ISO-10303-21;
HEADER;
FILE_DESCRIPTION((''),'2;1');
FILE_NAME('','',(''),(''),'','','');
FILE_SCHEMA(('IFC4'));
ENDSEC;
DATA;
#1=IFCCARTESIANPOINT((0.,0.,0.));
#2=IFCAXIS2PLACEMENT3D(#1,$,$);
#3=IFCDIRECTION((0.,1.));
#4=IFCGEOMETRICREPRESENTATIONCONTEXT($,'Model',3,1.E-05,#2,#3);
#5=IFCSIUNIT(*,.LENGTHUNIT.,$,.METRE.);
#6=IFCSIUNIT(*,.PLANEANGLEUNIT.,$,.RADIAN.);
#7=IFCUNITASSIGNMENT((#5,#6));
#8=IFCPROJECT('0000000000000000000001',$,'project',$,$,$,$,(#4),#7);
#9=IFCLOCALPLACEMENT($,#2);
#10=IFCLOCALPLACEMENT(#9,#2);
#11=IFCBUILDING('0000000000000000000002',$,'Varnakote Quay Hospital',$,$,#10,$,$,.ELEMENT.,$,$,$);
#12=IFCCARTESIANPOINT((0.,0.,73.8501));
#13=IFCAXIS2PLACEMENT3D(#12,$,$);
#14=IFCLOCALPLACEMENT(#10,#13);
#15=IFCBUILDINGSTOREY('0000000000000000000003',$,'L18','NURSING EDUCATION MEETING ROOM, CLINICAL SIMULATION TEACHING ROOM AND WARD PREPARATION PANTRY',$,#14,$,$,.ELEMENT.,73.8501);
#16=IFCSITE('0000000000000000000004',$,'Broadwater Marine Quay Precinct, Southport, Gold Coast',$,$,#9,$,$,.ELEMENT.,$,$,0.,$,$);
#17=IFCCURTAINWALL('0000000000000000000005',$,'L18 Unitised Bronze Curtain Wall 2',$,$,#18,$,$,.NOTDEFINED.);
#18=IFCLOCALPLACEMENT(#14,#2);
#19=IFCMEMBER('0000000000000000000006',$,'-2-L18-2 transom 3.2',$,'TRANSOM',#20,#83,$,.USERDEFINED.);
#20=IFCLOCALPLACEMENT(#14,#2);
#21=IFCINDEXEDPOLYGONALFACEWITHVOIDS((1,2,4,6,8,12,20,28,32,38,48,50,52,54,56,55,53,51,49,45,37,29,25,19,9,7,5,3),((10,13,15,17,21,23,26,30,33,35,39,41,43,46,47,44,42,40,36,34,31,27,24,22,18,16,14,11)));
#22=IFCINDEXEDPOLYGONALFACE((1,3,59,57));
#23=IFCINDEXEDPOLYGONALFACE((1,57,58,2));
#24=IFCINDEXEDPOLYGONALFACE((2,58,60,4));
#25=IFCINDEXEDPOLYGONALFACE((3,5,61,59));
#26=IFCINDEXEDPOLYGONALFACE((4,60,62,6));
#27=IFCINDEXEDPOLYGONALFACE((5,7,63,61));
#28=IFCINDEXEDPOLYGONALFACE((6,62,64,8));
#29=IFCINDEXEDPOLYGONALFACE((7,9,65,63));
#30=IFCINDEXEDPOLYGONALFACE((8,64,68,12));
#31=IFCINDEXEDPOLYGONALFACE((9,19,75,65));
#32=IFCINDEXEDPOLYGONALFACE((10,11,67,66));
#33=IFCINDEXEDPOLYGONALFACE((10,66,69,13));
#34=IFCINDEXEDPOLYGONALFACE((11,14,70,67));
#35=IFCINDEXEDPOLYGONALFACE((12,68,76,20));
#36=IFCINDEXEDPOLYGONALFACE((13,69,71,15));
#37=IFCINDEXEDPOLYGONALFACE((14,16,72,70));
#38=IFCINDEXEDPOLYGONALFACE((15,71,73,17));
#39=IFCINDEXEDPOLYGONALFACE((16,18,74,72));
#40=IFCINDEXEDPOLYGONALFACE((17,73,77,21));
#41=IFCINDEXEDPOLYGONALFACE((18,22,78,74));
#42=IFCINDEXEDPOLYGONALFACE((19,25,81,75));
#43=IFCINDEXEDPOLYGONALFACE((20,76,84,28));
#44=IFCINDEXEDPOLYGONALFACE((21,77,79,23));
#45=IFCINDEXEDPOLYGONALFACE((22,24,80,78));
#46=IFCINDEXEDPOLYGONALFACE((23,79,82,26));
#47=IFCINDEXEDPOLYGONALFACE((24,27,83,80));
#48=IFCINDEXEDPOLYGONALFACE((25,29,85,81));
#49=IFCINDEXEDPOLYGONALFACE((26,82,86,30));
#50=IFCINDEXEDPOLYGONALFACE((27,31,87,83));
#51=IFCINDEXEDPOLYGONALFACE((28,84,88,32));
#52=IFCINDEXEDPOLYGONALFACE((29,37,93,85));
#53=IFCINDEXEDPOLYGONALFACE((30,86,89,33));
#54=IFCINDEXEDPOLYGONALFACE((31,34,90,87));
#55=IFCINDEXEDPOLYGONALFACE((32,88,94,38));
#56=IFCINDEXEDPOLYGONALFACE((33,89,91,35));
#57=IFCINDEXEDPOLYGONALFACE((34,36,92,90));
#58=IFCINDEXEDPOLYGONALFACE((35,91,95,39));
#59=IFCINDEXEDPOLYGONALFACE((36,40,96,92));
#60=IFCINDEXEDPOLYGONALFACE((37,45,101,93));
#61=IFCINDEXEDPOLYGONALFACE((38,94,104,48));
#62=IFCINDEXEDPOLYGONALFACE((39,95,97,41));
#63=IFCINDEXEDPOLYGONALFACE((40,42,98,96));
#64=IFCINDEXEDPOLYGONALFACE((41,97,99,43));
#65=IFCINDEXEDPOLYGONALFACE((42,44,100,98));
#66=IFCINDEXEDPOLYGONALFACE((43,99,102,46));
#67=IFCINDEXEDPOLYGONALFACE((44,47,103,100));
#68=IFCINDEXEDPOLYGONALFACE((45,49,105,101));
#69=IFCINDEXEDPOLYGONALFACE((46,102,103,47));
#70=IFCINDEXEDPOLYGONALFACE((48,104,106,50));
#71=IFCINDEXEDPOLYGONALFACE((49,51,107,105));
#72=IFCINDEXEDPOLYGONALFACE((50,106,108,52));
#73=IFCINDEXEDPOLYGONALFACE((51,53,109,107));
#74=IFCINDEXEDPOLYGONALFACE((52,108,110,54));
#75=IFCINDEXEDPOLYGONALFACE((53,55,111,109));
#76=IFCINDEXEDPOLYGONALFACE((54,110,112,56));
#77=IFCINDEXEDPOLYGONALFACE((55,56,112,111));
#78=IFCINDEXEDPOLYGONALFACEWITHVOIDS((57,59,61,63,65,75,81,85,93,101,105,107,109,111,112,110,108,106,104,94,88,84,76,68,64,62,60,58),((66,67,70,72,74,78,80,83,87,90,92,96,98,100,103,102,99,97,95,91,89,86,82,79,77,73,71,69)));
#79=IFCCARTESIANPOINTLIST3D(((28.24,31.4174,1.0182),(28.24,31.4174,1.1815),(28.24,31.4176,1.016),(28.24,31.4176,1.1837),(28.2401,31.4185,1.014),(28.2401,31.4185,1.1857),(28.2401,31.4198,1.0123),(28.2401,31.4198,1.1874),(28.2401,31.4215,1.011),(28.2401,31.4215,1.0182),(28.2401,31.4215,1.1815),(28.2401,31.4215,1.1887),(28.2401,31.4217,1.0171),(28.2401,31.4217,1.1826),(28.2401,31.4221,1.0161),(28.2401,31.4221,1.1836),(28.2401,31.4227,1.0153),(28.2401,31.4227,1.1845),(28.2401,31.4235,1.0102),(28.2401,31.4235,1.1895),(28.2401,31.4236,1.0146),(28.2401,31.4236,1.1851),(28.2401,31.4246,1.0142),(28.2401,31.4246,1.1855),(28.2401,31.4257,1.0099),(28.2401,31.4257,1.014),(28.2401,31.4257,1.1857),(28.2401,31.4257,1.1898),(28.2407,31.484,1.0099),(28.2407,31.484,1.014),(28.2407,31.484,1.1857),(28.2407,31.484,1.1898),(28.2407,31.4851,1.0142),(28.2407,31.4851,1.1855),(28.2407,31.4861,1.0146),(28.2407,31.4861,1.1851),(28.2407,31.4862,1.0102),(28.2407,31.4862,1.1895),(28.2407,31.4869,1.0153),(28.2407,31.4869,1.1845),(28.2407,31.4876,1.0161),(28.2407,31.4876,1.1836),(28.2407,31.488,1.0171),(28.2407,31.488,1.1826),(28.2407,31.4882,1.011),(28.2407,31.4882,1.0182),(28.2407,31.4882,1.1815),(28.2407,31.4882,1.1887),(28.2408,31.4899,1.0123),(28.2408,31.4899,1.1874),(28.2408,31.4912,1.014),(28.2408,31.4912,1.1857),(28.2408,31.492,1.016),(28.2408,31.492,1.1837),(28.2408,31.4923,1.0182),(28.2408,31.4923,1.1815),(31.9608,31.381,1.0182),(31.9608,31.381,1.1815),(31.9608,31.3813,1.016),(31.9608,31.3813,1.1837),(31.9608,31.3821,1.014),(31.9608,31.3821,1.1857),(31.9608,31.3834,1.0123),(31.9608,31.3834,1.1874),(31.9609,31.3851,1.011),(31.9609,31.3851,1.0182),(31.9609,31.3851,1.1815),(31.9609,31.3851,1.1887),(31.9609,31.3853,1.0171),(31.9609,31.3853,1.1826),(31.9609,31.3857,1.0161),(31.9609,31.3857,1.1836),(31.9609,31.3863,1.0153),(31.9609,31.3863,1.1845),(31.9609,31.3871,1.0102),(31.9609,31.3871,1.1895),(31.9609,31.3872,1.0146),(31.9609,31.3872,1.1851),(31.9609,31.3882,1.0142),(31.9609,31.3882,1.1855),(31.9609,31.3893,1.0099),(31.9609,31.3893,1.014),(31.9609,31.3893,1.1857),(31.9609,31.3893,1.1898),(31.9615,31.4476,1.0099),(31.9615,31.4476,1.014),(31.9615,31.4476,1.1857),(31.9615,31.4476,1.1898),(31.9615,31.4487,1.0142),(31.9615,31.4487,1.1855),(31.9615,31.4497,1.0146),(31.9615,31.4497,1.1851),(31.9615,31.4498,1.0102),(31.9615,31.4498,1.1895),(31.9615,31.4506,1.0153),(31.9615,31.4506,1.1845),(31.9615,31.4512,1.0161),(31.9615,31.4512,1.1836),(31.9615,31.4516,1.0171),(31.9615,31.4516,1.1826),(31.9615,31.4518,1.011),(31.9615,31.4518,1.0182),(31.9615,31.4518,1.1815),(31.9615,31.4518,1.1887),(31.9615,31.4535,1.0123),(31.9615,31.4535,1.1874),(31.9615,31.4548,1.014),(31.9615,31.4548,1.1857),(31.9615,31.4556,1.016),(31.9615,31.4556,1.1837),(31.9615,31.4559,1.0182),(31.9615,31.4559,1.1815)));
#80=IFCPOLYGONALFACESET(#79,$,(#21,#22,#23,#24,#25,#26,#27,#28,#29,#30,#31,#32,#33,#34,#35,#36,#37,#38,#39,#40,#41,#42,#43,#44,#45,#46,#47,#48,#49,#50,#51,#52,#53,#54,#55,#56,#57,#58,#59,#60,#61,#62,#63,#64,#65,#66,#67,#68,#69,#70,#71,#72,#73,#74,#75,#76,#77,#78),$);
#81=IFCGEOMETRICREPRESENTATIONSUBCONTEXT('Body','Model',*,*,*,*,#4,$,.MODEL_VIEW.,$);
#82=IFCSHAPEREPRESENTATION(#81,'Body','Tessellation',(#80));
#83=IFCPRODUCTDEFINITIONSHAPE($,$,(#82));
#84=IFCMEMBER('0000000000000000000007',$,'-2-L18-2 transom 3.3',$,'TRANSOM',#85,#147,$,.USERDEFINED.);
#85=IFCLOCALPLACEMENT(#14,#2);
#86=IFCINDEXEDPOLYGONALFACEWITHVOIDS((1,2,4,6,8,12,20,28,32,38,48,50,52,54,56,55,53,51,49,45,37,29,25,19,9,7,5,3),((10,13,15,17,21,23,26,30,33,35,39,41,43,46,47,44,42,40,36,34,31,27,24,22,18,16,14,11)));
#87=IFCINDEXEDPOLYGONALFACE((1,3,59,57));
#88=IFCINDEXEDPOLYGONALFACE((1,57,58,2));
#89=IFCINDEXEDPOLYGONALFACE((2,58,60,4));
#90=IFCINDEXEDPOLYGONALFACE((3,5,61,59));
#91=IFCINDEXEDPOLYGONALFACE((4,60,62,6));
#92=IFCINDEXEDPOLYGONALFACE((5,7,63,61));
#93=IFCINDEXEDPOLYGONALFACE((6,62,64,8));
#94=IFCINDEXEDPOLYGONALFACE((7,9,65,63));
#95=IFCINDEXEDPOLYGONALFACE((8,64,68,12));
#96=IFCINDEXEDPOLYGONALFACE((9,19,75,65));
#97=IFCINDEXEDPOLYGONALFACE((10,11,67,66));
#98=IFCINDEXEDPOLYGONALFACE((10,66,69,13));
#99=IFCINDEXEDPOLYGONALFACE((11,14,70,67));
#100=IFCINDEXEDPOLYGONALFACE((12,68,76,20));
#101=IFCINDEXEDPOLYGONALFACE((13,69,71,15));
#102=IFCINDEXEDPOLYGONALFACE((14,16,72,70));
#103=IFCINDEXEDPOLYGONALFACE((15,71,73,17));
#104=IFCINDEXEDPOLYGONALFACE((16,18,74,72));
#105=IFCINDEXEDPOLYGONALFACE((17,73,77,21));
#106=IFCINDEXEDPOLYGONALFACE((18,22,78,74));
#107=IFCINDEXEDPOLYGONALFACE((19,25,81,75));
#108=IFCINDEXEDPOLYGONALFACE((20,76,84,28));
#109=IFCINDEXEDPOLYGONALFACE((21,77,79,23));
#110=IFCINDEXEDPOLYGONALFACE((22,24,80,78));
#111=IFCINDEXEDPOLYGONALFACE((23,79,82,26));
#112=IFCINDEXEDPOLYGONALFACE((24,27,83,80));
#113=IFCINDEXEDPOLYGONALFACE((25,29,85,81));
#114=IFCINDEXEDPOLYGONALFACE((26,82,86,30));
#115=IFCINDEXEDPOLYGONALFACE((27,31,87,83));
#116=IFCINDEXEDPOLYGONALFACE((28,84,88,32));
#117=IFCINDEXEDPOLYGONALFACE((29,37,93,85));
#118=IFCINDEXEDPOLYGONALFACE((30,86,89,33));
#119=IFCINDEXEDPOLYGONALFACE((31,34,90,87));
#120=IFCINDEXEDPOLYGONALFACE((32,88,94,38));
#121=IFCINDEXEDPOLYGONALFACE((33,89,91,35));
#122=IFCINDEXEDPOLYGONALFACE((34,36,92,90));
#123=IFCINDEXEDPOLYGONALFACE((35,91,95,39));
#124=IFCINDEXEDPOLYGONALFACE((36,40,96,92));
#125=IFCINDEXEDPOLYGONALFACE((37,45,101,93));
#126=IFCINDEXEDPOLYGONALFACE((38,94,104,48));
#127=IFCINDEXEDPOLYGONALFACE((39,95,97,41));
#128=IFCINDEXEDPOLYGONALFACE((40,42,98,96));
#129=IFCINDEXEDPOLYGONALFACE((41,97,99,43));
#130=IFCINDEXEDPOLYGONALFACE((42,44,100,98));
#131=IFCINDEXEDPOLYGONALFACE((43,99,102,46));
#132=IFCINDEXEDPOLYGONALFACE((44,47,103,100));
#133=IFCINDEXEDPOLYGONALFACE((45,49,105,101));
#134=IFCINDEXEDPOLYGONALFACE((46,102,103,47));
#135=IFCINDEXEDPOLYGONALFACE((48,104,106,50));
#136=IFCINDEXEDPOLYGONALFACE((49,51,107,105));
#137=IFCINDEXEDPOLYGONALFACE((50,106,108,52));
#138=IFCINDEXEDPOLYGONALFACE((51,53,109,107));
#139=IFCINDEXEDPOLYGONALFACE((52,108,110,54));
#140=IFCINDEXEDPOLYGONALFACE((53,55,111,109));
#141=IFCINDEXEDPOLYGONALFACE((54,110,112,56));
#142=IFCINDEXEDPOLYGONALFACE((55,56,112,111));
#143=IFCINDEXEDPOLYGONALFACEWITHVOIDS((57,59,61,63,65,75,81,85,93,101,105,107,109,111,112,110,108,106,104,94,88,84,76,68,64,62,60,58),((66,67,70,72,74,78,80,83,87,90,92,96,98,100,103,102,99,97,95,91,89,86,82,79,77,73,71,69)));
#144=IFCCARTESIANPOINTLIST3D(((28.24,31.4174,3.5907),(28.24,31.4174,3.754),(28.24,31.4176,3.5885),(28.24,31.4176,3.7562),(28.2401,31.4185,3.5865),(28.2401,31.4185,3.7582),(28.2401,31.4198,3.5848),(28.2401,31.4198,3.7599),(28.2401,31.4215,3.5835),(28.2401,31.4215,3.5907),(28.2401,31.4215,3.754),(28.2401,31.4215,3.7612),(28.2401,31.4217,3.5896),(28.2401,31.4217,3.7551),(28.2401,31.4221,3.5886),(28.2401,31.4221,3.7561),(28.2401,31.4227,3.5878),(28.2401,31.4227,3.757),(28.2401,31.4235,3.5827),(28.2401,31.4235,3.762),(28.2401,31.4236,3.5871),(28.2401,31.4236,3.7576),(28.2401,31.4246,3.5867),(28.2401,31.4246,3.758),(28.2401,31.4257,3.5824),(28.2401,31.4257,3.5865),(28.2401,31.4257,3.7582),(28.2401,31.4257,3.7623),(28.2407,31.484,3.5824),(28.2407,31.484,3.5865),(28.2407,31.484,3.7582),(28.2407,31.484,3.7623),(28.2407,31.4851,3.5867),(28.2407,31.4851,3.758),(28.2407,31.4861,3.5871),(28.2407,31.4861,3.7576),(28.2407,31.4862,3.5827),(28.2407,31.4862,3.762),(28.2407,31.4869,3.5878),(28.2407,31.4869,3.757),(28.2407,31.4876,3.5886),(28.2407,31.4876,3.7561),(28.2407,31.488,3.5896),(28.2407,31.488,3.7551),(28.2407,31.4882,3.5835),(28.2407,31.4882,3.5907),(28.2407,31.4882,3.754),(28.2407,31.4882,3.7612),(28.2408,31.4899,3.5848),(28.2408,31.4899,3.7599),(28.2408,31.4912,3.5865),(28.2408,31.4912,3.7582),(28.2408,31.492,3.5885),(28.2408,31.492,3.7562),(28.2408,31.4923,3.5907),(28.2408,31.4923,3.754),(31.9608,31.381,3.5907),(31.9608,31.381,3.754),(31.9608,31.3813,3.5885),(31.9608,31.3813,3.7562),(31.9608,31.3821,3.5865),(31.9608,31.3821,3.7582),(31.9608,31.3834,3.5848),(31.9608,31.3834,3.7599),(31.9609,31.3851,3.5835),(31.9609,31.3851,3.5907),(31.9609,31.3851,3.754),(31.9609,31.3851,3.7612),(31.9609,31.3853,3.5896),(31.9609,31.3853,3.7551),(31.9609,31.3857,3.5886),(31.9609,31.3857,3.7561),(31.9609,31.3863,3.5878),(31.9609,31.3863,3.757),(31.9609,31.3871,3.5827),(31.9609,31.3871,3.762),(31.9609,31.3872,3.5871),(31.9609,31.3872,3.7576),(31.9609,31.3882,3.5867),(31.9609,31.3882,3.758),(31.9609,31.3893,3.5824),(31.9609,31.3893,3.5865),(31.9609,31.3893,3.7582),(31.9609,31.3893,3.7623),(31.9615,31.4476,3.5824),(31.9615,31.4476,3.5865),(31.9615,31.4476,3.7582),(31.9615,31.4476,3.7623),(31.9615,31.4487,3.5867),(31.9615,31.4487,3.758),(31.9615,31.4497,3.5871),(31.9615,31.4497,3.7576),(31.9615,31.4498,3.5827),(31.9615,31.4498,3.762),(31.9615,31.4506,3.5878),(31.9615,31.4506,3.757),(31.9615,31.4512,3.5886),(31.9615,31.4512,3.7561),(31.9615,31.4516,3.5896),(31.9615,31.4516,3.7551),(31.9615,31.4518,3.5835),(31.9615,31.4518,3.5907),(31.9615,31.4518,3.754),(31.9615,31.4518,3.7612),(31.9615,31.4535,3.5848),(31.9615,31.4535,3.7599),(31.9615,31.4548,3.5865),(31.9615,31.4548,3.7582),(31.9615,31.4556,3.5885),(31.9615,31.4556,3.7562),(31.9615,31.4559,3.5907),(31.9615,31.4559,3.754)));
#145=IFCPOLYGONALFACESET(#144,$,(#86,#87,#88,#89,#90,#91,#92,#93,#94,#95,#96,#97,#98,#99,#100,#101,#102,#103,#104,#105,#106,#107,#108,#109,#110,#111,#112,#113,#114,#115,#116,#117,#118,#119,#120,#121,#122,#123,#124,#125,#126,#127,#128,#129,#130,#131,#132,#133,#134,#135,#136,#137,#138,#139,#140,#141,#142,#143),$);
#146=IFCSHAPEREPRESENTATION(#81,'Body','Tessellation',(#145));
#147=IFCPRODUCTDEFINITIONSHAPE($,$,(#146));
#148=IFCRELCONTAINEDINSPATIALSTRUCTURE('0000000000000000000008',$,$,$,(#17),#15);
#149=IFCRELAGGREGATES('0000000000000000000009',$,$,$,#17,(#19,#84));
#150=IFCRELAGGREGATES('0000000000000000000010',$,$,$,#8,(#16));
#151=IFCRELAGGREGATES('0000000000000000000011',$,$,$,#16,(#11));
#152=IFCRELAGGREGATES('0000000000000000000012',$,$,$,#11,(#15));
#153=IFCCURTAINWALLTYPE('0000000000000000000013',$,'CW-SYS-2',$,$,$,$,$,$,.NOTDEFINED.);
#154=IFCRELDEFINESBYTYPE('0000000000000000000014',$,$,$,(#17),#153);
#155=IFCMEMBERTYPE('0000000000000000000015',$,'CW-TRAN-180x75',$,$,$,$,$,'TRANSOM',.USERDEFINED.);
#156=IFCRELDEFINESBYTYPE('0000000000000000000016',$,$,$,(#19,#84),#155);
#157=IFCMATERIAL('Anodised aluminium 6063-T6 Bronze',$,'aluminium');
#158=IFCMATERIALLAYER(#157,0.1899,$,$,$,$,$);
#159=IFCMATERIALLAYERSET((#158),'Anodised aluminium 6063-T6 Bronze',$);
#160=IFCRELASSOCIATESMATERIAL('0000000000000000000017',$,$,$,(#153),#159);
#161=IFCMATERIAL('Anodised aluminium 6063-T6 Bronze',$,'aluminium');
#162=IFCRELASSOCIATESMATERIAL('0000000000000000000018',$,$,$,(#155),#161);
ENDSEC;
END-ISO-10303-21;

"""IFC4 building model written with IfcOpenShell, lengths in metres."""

from ifc_helpers import new_model, si_unit, direction, frame, origin, origin_2d, place, context, subcontext, project, spatial, hollow_rectangle, extrude, material, layer, layer_set, material_profile, profile_set, type_object, element, aggregate, save


model = new_model("IFC4")

# Units and contexts
model_context = context("Model", 3, precision=1e-05, world=origin(), true_north=direction((0.0, 1.0)))
body_context = subcontext(model_context, "Body", "Model", "MODEL_VIEW")
ifc_project = project(units=[si_unit("LENGTHUNIT", "METRE"), si_unit("PLANEANGLEUNIT", "RADIAN")], contexts=[model_context])

# Site, building, storey
site_placement = place(None, origin())
site = spatial("IfcSite", under=ifc_project, at=site_placement, Name="Broadwater Marine Quay Precinct, Southport, Gold Coast", CompositionType="ELEMENT", RefElevation=0.0)
building_placement = place(site_placement, origin())
building = spatial("IfcBuilding", under=site, at=building_placement, Name="Varnakote Quay Hospital", CompositionType="ELEMENT")
storey_placement = place(building_placement, frame((0.0, 0.0, 73.8501)))
storey = spatial("IfcBuildingStorey", under=building, at=storey_placement, Name="L18", Description="NURSING EDUCATION MEETING ROOM, CLINICAL SIMULATION TEACHING ROOM AND WARD PREPARATION PANTRY", CompositionType="ELEMENT", Elevation=73.8501)

# Curtain wall, members
ifc_material_1 = material(Name="Anodised aluminium 6063-T6 Bronze", Category="aluminium")
ifc_layer_1 = layer(ifc_material_1, 0.1899)
ifc_layer_set_1 = layer_set([ifc_layer_1], Name="Anodised aluminium 6063-T6 Bronze")
curtain_wall_type = type_object("IfcCurtainWallType", Name="CW-SYS-2", PredefinedType="NOTDEFINED", material=ifc_layer_set_1)
curtain_wall_placement = place(storey_placement, origin())
curtain_wall = element("IfcCurtainWall", 1, at=curtain_wall_placement, inside=storey, type_object=curtain_wall_type, Name="L18 Unitised Bronze Curtain Wall 2", PredefinedType="NOTDEFINED")
ifc_material_2 = material(Name="Anodised aluminium 6063-T6 Bronze", Category="aluminium")
ifc_material_profile_1 = material_profile(ifc_material_2, hollow_rectangle(XDim=0.075, YDim=0.1799, WallThickness=0.0042, InnerFilletRadius=0.0042, OuterFilletRadius=0.0083, at=origin_2d()), Name="CW-TRAN-180x75")
ifc_profile_set_1 = profile_set([ifc_material_profile_1], Name="Anodised aluminium 6063-T6 Bronze")
member_type_1 = type_object("IfcMemberType", Name="CW-TRAN-180x75", ElementType="TRANSOM", PredefinedType="USERDEFINED", material=ifc_profile_set_1)
member_1_placement = place(storey_placement, frame((31.9612, 31.4185, 1.0999), z_axis=(-0.999952, 0.009776, 0.0), x_axis=(-0.009776, -0.999952, 0.0)))
member_1 = element("IfcMember", 2, at=member_1_placement, type_object=member_type_1, Name="-2-L18-2 transom 3.2", ObjectType="TRANSOM", PredefinedType="USERDEFINED", context=body_context, shape_type="SweptSolid", body=[
    extrude(hollow_rectangle(XDim=0.075, YDim=0.1799, WallThickness=0.0042, InnerFilletRadius=0.0042, OuterFilletRadius=0.0083, at=origin_2d()), origin(), (0.0, 0.0, 1.0), 3.7209),
])
member_2_placement = place(storey_placement, frame((31.9612, 31.4185, 3.6724), z_axis=(-0.999952, 0.009776, 0.0), x_axis=(-0.009776, -0.999952, 0.0)))
member_2 = element("IfcMember", 3, at=member_2_placement, type_object=member_type_1, Name="-2-L18-2 transom 3.3", ObjectType="TRANSOM", PredefinedType="USERDEFINED", context=body_context, shape_type="SweptSolid", body=[
    extrude(hollow_rectangle(XDim=0.075, YDim=0.1799, WallThickness=0.0042, InnerFilletRadius=0.0042, OuterFilletRadius=0.0083, at=origin_2d()), origin(), (0.0, 0.0, 1.0), 3.7209),
])
aggregate(curtain_wall, [member_1, member_2])

save(model, "model.ifc")
